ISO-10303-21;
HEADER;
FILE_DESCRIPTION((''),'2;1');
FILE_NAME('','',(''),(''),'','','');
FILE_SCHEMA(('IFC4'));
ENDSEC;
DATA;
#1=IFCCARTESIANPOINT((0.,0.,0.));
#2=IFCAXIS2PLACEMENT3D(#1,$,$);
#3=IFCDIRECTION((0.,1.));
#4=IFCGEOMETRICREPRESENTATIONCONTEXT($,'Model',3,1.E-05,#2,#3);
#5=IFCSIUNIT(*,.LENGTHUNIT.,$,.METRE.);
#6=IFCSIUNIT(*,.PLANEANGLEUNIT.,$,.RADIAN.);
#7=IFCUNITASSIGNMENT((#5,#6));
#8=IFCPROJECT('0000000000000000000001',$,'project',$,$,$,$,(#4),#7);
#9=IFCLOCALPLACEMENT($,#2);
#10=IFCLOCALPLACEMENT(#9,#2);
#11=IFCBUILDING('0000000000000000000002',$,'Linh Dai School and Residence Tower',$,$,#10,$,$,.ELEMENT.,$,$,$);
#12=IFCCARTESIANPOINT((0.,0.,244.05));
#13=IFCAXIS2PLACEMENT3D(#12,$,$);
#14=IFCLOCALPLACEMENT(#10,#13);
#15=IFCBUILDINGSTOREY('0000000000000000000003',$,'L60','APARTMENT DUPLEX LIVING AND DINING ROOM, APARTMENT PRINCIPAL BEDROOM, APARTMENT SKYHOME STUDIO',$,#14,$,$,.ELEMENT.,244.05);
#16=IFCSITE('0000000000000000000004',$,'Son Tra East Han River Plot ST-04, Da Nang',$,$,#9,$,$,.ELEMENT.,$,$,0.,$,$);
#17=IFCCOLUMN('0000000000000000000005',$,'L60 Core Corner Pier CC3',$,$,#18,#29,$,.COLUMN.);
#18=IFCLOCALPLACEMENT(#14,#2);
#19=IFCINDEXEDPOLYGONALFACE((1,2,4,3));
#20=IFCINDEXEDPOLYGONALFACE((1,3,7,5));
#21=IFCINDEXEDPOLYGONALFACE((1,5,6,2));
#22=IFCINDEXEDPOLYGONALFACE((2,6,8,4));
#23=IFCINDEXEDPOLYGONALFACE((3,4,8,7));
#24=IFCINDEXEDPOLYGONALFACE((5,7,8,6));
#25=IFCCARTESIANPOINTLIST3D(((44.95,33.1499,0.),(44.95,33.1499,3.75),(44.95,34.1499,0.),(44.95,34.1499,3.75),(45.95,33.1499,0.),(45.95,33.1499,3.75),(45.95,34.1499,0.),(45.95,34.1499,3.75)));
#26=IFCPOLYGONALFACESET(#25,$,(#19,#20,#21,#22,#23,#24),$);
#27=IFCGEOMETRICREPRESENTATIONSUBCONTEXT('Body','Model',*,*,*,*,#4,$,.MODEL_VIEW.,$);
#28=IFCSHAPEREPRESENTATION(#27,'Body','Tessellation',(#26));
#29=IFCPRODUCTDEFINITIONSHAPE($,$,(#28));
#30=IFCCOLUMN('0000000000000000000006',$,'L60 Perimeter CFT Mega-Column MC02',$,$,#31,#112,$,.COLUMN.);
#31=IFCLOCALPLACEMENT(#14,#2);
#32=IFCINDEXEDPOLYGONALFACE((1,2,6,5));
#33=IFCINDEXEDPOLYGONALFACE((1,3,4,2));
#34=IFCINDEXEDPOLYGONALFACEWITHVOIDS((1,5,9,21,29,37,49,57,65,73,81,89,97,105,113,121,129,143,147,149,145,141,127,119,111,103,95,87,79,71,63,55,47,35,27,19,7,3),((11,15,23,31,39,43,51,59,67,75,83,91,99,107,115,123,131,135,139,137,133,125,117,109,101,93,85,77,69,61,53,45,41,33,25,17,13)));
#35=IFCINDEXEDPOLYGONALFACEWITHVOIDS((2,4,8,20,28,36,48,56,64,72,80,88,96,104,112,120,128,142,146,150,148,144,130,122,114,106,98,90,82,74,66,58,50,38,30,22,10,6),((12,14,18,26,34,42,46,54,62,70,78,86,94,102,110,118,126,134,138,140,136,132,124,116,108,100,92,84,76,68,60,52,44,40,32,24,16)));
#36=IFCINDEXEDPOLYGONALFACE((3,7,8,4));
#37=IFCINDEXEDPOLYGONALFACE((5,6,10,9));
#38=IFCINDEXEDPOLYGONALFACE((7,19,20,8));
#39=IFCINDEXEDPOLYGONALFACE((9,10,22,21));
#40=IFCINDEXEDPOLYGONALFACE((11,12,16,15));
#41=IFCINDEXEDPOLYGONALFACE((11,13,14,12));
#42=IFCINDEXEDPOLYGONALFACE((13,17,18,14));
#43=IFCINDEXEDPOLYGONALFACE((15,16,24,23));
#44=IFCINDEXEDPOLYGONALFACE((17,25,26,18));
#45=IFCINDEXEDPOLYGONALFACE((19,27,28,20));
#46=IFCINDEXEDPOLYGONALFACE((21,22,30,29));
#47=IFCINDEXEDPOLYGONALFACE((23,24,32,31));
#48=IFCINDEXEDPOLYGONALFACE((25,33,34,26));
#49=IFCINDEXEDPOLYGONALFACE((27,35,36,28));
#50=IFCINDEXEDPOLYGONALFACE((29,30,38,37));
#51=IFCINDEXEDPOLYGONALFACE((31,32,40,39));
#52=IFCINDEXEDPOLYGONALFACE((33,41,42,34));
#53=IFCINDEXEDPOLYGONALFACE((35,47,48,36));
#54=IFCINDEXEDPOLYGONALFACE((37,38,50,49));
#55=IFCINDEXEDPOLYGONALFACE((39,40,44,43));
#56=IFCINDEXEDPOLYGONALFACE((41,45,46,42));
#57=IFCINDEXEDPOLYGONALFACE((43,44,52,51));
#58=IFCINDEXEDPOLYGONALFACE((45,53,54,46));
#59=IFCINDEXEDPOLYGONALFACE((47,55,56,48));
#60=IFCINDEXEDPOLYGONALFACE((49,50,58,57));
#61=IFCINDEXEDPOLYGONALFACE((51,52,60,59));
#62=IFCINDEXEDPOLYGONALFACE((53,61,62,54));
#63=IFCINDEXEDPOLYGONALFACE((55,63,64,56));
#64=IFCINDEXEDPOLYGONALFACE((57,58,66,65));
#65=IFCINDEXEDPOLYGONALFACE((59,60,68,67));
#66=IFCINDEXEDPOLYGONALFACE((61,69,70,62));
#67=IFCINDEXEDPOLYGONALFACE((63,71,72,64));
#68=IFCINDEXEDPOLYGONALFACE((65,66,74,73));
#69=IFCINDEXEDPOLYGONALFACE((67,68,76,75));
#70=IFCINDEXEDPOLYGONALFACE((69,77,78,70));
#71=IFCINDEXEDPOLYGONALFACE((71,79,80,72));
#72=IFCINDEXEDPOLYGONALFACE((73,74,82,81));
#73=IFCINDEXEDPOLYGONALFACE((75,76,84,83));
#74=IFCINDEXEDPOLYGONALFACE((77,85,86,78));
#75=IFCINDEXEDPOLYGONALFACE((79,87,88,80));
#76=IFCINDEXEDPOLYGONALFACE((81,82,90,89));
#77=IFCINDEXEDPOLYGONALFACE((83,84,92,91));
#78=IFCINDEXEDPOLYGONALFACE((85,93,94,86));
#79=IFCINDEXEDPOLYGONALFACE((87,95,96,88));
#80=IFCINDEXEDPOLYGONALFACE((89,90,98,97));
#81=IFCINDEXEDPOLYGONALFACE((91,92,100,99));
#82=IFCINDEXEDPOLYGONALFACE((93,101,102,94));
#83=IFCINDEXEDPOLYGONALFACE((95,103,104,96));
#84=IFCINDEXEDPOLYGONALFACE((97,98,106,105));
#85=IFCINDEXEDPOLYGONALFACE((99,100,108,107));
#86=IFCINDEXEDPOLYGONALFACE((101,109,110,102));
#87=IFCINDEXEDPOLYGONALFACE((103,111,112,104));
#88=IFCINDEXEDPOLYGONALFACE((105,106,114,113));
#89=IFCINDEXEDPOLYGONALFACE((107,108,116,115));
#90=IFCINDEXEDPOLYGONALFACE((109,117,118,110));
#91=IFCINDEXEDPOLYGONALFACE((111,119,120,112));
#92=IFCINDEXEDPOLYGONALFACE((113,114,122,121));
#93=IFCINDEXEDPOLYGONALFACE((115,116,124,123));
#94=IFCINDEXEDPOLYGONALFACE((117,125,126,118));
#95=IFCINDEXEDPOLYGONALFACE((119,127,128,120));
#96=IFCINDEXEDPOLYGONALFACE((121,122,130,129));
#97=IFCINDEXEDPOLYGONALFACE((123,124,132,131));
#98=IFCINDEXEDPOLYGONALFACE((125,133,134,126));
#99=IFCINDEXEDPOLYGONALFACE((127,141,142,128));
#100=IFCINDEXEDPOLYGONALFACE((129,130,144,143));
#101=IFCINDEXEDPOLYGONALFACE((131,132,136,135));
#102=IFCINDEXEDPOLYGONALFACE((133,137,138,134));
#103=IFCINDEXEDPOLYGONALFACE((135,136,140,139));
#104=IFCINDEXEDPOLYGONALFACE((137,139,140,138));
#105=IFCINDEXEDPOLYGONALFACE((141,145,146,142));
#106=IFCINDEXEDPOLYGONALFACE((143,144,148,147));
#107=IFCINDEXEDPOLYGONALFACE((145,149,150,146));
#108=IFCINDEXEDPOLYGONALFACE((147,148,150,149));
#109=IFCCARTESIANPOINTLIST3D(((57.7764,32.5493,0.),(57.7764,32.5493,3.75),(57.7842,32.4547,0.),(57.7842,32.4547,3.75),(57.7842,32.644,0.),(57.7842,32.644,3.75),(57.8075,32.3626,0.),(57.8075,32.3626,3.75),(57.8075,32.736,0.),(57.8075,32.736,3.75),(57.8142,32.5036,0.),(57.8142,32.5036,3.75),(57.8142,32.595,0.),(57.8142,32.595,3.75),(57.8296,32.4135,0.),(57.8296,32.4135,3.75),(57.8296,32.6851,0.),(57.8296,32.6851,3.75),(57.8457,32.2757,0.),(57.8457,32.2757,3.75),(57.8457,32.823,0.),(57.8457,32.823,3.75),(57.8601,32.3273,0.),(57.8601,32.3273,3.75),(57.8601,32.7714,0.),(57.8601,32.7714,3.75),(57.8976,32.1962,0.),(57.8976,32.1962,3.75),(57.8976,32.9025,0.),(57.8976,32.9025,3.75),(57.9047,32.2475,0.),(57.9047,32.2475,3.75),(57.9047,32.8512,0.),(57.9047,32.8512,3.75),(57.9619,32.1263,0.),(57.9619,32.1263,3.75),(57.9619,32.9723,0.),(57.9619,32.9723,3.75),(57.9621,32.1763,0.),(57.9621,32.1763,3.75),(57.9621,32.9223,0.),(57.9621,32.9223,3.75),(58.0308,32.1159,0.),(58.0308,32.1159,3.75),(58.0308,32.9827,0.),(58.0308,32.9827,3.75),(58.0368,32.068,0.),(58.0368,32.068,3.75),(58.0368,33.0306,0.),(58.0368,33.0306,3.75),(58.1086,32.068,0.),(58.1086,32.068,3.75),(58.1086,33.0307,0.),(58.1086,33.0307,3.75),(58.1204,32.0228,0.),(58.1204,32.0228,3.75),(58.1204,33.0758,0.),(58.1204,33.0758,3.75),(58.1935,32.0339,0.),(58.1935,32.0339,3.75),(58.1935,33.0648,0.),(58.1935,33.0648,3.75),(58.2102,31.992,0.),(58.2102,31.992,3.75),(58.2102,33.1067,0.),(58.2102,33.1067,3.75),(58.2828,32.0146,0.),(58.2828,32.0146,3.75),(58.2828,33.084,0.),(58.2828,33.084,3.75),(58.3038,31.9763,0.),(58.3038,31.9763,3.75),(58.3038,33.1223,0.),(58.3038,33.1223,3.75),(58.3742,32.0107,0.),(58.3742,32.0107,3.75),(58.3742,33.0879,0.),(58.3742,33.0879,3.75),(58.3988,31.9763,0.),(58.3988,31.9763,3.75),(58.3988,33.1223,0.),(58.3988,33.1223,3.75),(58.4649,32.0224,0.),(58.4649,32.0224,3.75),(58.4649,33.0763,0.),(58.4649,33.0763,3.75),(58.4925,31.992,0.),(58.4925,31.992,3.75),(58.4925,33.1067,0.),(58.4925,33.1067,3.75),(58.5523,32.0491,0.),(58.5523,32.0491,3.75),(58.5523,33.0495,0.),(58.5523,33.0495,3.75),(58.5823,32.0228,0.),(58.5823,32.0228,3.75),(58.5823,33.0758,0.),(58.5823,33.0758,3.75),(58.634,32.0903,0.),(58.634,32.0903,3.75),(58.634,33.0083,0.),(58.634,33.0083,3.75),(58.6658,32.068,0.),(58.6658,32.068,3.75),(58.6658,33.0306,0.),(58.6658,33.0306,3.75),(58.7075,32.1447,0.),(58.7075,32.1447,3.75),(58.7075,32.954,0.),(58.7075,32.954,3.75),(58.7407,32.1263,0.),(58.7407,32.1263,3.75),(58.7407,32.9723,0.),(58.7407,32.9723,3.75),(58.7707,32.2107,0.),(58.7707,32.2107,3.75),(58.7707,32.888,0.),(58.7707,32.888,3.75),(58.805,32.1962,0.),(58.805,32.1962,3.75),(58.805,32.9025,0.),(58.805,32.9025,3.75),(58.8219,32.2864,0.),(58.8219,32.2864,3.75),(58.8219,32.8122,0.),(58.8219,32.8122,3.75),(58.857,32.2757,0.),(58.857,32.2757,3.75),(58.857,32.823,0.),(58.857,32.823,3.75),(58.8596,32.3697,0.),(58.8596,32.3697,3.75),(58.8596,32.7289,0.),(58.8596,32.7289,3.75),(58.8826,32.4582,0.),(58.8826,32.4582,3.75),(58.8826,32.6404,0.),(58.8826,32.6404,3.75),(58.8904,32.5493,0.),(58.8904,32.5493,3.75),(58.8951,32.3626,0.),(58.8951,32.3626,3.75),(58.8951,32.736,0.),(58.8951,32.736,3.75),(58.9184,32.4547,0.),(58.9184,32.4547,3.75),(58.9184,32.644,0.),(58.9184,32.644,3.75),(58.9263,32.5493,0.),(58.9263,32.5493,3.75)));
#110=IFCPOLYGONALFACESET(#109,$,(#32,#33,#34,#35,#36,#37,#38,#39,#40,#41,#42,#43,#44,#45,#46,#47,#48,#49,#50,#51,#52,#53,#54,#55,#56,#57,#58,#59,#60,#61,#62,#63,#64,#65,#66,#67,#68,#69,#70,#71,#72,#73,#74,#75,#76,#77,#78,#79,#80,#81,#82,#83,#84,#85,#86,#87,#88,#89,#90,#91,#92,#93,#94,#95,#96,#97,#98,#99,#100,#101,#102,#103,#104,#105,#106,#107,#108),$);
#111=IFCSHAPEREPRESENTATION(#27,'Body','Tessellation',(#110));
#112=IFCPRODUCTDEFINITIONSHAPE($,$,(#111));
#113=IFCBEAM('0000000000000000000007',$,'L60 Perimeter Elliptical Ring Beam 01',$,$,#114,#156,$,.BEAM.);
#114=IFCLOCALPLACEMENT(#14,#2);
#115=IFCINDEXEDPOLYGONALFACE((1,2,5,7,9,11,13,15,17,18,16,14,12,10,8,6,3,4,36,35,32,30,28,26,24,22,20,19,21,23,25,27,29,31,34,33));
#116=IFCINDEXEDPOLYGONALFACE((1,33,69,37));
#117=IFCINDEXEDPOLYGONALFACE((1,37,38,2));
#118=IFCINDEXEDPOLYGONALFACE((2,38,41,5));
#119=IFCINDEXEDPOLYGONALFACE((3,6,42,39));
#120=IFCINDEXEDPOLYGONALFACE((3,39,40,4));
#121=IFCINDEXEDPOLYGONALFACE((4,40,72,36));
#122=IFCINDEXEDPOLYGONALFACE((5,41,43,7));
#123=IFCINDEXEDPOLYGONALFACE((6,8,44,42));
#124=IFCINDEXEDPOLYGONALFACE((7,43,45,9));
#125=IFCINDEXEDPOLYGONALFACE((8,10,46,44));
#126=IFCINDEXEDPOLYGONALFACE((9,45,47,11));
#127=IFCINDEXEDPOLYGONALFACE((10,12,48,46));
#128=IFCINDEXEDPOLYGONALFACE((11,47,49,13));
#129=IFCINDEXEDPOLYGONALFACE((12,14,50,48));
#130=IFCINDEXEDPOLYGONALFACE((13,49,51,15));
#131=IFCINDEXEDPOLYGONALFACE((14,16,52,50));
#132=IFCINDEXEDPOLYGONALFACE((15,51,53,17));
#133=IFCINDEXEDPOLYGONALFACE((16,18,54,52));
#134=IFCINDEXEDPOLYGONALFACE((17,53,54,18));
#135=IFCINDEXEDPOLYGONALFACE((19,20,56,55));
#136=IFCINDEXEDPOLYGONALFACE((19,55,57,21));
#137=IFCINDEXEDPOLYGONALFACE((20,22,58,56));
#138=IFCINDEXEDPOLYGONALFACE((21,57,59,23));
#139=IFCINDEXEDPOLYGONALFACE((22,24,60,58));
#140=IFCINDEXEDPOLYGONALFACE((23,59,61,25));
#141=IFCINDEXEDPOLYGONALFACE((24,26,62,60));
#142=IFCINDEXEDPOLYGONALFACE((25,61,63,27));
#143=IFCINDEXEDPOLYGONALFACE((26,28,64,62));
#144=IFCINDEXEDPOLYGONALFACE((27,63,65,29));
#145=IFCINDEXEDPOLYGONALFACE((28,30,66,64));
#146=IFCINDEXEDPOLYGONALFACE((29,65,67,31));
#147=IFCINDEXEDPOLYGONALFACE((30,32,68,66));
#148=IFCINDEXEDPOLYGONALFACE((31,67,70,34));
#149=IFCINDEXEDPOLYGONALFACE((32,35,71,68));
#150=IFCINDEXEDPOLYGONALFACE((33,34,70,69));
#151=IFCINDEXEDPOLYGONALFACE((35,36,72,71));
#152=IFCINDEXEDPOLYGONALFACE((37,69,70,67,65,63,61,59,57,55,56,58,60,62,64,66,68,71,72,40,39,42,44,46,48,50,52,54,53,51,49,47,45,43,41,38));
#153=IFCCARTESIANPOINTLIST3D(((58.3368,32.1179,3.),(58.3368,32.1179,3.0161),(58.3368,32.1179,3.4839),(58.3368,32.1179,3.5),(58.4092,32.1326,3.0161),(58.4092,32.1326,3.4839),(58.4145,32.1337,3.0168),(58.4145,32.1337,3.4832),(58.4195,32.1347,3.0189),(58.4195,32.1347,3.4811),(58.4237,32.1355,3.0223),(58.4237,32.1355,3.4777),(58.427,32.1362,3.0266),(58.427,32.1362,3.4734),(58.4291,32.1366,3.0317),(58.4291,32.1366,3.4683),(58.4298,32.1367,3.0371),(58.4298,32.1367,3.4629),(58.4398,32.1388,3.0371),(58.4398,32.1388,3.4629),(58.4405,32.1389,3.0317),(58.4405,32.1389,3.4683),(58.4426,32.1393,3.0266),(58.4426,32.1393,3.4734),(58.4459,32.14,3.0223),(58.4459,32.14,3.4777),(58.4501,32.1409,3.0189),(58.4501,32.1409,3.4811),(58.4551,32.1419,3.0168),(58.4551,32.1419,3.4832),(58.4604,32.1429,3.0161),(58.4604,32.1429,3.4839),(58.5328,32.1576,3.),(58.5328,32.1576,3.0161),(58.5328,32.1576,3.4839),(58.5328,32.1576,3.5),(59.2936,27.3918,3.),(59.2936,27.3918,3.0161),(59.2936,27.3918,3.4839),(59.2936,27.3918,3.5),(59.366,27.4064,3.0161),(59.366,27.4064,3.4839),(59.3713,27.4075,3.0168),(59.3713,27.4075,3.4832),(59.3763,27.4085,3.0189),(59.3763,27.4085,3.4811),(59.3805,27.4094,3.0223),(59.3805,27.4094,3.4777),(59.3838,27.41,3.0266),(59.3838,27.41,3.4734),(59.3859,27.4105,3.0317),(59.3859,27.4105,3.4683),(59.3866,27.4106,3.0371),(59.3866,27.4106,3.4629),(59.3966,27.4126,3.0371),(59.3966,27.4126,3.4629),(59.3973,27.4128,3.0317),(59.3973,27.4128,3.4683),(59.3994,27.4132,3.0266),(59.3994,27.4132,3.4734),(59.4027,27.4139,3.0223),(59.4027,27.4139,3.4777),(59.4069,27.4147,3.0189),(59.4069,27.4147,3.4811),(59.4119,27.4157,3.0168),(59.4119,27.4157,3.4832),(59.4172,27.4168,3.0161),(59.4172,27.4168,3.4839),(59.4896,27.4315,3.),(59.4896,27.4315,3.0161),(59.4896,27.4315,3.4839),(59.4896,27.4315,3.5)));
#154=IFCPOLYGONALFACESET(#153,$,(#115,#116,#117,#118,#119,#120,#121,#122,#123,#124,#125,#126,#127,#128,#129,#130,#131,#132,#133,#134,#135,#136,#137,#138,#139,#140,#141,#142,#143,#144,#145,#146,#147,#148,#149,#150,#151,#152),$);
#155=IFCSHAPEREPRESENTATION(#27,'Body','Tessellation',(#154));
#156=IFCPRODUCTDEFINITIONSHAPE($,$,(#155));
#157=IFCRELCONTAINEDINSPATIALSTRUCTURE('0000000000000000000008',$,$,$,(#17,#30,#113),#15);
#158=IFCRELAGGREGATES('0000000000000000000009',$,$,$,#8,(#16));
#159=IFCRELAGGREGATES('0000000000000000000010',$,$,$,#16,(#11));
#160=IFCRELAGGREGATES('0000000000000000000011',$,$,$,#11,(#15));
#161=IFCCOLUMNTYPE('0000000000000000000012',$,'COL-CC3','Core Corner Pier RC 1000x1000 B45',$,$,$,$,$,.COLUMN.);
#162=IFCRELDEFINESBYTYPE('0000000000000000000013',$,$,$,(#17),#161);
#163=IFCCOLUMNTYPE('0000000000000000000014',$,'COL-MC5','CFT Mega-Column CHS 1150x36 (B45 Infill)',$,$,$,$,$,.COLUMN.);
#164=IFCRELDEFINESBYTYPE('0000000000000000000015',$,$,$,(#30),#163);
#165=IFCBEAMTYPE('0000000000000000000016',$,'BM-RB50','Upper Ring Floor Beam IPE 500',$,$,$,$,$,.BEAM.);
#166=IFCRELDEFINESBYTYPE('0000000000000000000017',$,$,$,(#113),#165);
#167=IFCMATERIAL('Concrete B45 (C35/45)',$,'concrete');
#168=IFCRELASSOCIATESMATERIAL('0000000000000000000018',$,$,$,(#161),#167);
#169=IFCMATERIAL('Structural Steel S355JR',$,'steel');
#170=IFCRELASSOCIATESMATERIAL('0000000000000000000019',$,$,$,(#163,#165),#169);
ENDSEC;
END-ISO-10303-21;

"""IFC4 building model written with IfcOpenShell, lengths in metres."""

from ifc_helpers import new_model, si_unit, direction, frame, origin, origin_2d, place, context, subcontext, project, spatial, rectangle, hollow_circle, i_section, extrude, material, material_profile, profile_set, type_object, element, save


model = new_model("IFC4")

# Units and contexts
model_context = context("Model", 3, precision=1e-05, world=origin(), true_north=direction((0.0, 1.0)))
body_context = subcontext(model_context, "Body", "Model", "MODEL_VIEW")
ifc_project = project(units=[si_unit("LENGTHUNIT", "METRE"), si_unit("PLANEANGLEUNIT", "RADIAN")], contexts=[model_context])

# Site, building, storey
site_placement = place(None, origin())
site = spatial("IfcSite", under=ifc_project, at=site_placement, Name="Son Tra East Han River Plot ST-04, Da Nang", CompositionType="ELEMENT", RefElevation=0.0)
building_placement = place(site_placement, origin())
building = spatial("IfcBuilding", under=site, at=building_placement, Name="Linh Dai School and Residence Tower", CompositionType="ELEMENT")
storey_placement = place(building_placement, frame((0.0, 0.0, 244.05)))
storey = spatial("IfcBuildingStorey", under=building, at=storey_placement, Name="L60", Description="APARTMENT DUPLEX LIVING AND DINING ROOM, APARTMENT PRINCIPAL BEDROOM, APARTMENT SKYHOME STUDIO", CompositionType="ELEMENT", Elevation=244.05)

# Columns
ifc_material_1 = material(Name="Concrete B45 (C35/45)", Category="concrete")
ifc_material_profile_1 = material_profile(ifc_material_1, rectangle(XDim=1.0, YDim=1.0, at=origin_2d()), Name="RC 1000x1000")
ifc_profile_set_1 = profile_set([ifc_material_profile_1], Name="Concrete B45 (C35/45)")
column_type_1 = type_object("IfcColumnType", Name="COL-CC3", Description="Core Corner Pier RC 1000x1000 B45", PredefinedType="COLUMN", material=ifc_profile_set_1)
column_1_placement = place(storey_placement, frame((45.45, 33.6499, 0.0), z_axis=(0.0, 0.0, 1.0), x_axis=(1.0, 0.0, 0.0)))
element("IfcColumn", 1, at=column_1_placement, inside=storey, type_object=column_type_1, Name="L60 Core Corner Pier CC3", PredefinedType="COLUMN", context=body_context, shape_type="SweptSolid", body=[
    extrude(rectangle(XDim=1.0, YDim=1.0, at=origin_2d()), origin(), (0.0, 0.0, 1.0), 3.75),
])
ifc_material_2 = material(Name="Structural Steel S355JR", Category="steel")
ifc_material_profile_2 = material_profile(ifc_material_2, hollow_circle(Radius=0.575, WallThickness=0.0359, at=origin_2d()), Name="CHS 1150x36")
ifc_profile_set_2 = profile_set([ifc_material_profile_2], Name="Structural Steel S355JR")
column_type_2 = type_object("IfcColumnType", Name="COL-MC5", Description="CFT Mega-Column CHS 1150x36 (B45 Infill)", PredefinedType="COLUMN", material=ifc_profile_set_2)
column_2_placement = place(storey_placement, frame((58.3513, 32.5493, 0.0), z_axis=(0.0, 0.0, 1.0), x_axis=(1.0, 0.0, 0.0)))
element("IfcColumn", 2, at=column_2_placement, inside=storey, type_object=column_type_2, Name="L60 Perimeter CFT Mega-Column MC02", PredefinedType="COLUMN", context=body_context, shape_type="SweptSolid", body=[
    extrude(hollow_circle(Radius=0.575, WallThickness=0.0359, at=origin_2d()), origin(), (0.0, 0.0, 1.0), 3.75),
])

# Beam
ifc_material_profile_3 = material_profile(ifc_material_2, i_section(OverallWidth=0.2, OverallDepth=0.5, WebThickness=0.0103, FlangeThickness=0.0161, FilletRadius=0.021, at=origin_2d()), Name="IPE 500")
ifc_profile_set_3 = profile_set([ifc_material_profile_3], Name="Structural Steel S355JR")
beam_type = type_object("IfcBeamType", Name="BM-RB50", Description="Upper Ring Floor Beam IPE 500", PredefinedType="BEAM", material=ifc_profile_set_3)
beam_1_placement = place(storey_placement, frame((59.3916, 27.4116, 3.25), z_axis=(-0.198423, 0.980116, 0.0), x_axis=(-0.980116, -0.198423, 0.0)))
element("IfcBeam", 3, at=beam_1_placement, inside=storey, type_object=beam_type, Name="L60 Perimeter Elliptical Ring Beam 01", PredefinedType="BEAM", context=body_context, shape_type="SweptSolid", body=[
    extrude(i_section(OverallWidth=0.2, OverallDepth=0.5, WebThickness=0.0103, FlangeThickness=0.0161, FilletRadius=0.021, at=origin_2d()), origin(), (0.0, 0.0, 1.0), 4.822),
])

save(model, "model.ifc")
